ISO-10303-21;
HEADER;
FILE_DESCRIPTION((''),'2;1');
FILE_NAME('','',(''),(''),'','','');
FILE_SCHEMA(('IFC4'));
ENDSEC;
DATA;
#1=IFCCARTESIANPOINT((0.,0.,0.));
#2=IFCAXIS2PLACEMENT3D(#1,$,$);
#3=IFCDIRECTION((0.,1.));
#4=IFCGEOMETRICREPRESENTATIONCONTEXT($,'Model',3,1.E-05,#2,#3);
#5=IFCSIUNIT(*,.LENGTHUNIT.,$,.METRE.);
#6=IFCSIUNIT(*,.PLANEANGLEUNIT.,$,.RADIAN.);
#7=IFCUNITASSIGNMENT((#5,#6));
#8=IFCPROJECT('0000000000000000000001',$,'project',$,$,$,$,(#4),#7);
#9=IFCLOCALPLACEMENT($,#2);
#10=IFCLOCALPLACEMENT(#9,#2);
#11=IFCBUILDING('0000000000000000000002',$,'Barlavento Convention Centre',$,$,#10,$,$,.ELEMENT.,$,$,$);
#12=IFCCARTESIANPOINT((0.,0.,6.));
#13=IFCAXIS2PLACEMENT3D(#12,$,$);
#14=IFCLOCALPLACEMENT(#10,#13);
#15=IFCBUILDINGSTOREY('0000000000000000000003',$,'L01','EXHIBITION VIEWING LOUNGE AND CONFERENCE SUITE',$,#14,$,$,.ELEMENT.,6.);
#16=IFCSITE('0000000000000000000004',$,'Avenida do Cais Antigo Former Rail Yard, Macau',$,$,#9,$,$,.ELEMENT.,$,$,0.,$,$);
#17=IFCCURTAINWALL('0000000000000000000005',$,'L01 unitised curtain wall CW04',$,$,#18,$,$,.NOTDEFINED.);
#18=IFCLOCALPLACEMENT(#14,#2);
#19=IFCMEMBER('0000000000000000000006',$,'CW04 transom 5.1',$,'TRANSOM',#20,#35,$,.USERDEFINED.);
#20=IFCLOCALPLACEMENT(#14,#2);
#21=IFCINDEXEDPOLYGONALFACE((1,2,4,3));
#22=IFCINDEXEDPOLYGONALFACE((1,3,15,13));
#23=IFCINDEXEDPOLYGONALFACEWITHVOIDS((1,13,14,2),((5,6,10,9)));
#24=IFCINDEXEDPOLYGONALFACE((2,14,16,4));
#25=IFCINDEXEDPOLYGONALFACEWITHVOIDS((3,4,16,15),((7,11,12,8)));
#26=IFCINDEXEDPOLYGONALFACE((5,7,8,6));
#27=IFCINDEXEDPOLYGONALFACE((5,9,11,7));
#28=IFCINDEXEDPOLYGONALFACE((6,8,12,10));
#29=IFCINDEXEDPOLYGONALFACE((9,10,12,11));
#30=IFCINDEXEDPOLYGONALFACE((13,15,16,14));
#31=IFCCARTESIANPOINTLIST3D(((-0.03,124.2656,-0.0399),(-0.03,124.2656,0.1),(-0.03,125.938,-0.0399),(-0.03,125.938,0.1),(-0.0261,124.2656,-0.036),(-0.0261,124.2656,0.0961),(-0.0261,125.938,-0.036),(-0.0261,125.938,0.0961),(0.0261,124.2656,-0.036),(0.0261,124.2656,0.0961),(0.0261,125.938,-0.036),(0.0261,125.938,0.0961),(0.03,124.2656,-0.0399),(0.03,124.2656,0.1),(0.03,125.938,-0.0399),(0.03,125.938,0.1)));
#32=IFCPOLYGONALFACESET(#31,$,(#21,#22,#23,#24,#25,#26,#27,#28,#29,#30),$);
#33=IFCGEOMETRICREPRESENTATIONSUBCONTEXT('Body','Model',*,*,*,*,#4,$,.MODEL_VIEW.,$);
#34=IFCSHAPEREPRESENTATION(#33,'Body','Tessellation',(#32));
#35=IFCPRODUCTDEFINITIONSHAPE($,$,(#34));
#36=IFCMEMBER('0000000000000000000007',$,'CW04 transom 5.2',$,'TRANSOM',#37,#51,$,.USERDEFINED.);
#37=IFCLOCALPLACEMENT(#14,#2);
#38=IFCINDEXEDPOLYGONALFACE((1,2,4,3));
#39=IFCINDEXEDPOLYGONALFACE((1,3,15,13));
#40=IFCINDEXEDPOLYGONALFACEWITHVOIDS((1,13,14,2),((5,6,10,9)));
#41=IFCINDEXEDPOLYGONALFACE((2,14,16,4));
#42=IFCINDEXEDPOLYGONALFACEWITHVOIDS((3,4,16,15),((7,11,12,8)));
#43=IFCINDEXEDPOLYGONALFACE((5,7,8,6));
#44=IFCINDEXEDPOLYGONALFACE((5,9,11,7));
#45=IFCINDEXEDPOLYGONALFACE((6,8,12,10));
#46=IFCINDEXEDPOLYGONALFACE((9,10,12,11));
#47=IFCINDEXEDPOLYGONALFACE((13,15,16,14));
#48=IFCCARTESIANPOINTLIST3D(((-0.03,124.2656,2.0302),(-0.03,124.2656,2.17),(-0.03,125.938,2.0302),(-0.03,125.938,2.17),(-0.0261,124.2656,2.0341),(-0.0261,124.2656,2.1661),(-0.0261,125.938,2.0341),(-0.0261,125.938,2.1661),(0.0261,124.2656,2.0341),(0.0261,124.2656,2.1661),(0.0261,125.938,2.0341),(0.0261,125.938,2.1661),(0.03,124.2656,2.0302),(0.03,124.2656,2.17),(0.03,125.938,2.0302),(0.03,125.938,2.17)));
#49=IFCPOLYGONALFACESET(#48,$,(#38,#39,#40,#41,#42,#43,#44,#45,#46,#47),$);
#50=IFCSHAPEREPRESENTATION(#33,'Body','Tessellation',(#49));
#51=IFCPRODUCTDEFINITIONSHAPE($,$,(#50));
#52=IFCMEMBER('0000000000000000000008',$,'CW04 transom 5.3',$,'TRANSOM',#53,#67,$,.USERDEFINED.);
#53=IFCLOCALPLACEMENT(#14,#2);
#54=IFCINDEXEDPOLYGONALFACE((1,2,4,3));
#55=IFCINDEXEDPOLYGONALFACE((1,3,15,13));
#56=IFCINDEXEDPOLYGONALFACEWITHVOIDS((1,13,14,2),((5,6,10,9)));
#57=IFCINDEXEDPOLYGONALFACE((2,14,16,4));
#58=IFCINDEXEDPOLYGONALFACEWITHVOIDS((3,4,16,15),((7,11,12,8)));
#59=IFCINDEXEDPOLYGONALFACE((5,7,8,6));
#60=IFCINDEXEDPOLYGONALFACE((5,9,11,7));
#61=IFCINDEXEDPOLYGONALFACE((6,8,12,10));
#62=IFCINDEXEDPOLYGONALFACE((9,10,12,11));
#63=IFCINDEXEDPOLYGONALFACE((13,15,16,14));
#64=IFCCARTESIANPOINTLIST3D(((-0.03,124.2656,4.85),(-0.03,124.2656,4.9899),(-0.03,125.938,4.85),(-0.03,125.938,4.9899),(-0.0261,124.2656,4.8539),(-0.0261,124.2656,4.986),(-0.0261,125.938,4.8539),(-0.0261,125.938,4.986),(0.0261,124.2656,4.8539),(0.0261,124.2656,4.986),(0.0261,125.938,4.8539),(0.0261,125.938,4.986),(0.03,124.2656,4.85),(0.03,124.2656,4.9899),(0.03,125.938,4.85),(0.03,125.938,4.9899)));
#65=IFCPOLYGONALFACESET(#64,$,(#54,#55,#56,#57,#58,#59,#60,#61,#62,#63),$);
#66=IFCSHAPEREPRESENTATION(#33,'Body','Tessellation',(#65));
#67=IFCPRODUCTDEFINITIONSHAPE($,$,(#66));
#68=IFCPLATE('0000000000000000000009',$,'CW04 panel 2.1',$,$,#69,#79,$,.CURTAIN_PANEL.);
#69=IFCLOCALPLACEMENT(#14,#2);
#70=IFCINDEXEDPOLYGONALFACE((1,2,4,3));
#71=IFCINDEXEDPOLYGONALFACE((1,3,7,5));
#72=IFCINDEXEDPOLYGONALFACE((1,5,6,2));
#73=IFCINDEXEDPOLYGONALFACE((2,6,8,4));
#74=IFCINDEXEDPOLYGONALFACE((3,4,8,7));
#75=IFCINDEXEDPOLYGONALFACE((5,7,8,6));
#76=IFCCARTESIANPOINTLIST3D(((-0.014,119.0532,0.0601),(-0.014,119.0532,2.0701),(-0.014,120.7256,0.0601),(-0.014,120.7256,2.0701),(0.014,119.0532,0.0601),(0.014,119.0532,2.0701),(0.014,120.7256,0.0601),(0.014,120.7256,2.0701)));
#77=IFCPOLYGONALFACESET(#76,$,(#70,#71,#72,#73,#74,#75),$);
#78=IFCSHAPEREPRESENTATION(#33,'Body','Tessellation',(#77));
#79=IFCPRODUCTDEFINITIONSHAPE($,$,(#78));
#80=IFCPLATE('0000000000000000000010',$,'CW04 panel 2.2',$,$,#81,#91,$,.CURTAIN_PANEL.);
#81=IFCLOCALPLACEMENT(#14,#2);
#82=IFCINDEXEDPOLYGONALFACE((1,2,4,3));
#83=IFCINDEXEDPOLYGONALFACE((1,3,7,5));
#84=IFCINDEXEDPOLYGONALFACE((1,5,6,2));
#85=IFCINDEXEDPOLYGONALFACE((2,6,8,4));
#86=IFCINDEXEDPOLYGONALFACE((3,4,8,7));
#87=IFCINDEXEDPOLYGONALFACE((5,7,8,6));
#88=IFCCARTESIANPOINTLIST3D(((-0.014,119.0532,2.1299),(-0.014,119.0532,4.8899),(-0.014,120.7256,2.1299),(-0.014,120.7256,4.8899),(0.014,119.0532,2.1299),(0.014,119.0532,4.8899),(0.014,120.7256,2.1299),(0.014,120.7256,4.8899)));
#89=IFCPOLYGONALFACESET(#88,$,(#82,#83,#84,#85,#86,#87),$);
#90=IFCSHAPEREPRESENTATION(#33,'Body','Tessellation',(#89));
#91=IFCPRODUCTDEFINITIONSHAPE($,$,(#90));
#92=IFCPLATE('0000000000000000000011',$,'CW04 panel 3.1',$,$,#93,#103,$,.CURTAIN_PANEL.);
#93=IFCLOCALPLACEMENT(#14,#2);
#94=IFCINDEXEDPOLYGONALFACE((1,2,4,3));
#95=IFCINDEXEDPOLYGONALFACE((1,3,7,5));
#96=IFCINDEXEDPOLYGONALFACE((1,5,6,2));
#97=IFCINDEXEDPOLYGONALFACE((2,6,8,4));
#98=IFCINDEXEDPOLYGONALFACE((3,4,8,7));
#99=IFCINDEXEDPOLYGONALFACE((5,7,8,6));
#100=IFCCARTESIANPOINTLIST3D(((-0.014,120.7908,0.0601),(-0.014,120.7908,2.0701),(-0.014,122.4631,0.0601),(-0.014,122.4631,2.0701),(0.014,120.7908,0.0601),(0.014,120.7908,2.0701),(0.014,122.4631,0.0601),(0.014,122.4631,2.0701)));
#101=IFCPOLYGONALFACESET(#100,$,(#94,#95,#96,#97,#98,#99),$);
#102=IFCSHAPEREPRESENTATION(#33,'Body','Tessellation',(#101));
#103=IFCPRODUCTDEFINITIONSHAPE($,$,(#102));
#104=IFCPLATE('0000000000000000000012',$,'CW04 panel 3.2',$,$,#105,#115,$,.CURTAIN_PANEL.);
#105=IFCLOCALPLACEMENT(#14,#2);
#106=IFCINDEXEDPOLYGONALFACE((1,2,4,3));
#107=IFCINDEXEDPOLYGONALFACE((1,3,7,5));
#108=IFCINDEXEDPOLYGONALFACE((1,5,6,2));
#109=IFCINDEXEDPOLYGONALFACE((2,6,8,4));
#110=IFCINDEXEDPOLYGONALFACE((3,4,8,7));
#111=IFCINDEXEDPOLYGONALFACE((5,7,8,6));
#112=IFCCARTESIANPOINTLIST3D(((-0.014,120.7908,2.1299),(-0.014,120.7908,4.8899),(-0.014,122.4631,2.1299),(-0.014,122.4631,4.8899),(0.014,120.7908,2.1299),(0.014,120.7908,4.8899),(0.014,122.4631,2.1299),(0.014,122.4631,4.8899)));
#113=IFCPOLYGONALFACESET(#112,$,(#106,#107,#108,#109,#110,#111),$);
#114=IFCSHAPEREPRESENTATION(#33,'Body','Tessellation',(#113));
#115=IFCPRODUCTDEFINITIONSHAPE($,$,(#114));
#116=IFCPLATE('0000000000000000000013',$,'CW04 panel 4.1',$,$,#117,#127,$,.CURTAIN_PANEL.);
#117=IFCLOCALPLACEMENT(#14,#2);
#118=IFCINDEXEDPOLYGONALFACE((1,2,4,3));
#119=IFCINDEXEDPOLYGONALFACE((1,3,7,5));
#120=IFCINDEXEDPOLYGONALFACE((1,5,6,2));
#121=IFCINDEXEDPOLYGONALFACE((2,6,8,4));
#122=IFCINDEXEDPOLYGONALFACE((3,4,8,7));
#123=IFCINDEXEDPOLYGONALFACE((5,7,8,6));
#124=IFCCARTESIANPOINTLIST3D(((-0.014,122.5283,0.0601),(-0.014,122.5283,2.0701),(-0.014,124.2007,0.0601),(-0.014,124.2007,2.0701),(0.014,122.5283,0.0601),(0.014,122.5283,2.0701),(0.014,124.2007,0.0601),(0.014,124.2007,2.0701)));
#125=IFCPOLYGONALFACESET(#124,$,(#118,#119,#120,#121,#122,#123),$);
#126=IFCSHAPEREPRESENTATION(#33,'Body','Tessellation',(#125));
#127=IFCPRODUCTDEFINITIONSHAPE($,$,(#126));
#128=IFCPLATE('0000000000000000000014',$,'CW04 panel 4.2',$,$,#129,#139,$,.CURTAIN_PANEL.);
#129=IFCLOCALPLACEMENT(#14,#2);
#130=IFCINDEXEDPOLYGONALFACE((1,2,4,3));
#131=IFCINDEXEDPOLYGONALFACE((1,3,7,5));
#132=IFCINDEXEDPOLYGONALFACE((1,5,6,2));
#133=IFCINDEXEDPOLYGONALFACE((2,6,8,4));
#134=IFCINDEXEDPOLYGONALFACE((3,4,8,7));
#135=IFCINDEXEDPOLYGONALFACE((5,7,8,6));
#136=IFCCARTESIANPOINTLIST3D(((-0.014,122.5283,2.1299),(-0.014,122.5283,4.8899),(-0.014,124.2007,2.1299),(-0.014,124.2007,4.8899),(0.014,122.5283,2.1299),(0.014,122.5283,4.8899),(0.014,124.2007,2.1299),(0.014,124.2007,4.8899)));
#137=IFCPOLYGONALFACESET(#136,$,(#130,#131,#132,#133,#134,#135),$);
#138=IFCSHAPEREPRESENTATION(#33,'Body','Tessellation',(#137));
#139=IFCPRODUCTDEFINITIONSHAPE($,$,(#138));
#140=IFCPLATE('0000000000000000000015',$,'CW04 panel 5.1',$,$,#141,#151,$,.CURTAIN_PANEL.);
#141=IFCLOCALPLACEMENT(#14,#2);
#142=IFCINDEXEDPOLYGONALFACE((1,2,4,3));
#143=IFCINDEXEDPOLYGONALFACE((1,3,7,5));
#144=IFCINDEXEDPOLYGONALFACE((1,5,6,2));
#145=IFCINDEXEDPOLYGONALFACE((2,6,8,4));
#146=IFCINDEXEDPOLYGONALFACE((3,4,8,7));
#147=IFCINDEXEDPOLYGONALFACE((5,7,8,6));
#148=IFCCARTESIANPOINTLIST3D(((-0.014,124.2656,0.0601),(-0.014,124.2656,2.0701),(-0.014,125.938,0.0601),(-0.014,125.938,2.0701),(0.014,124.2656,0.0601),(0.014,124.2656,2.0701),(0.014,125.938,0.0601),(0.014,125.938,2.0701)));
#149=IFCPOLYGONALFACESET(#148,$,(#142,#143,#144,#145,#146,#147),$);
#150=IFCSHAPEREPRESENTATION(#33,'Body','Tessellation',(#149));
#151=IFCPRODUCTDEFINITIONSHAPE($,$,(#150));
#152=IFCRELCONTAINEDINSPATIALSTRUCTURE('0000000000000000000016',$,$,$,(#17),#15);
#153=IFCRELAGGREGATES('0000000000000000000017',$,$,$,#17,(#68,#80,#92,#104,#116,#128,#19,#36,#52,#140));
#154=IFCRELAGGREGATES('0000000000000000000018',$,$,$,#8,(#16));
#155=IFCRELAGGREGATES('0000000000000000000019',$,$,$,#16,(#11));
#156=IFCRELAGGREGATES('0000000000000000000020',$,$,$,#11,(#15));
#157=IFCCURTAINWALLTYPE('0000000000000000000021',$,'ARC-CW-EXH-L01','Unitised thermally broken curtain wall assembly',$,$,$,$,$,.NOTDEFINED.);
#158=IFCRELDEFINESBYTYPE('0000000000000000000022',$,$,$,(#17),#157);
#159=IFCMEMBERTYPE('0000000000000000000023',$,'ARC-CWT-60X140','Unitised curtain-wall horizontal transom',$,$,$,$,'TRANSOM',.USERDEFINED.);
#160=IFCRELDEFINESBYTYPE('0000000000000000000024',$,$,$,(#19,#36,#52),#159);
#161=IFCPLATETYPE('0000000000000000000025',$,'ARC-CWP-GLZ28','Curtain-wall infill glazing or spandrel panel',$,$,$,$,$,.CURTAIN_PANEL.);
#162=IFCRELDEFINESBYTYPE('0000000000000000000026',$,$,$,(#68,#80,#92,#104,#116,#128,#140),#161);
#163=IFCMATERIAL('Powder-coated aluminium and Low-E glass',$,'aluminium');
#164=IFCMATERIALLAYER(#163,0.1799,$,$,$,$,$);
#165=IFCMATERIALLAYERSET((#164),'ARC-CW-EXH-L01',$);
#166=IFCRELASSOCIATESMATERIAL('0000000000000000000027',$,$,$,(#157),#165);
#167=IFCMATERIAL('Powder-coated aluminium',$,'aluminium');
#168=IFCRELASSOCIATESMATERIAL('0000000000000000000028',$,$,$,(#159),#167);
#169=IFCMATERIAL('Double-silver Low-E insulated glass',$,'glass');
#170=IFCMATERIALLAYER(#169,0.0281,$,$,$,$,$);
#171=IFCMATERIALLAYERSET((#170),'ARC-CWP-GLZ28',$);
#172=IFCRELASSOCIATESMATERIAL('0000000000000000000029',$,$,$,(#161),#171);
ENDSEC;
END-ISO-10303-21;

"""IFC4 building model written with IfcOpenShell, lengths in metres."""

from ifc_helpers import new_model, si_unit, direction, frame, origin, origin_2d, place, context, subcontext, project, spatial, rectangle, hollow_rectangle, extrude, material, layer, layer_set, material_profile, profile_set, type_object, element, aggregate, save


model = new_model("IFC4")

# Units and contexts
model_context = context("Model", 3, precision=1e-05, world=origin(), true_north=direction((0.0, 1.0)))
body_context = subcontext(model_context, "Body", "Model", "MODEL_VIEW")
ifc_project = project(units=[si_unit("LENGTHUNIT", "METRE"), si_unit("PLANEANGLEUNIT", "RADIAN")], contexts=[model_context])

# Site, building, storey
site_placement = place(None, origin())
site = spatial("IfcSite", under=ifc_project, at=site_placement, Name="Avenida do Cais Antigo Former Rail Yard, Macau", CompositionType="ELEMENT", RefElevation=0.0)
building_placement = place(site_placement, origin())
building = spatial("IfcBuilding", under=site, at=building_placement, Name="Barlavento Convention Centre", CompositionType="ELEMENT")
storey_placement = place(building_placement, frame((0.0, 0.0, 6.0)))
storey = spatial("IfcBuildingStorey", under=building, at=storey_placement, Name="L01", Description="EXHIBITION VIEWING LOUNGE AND CONFERENCE SUITE", CompositionType="ELEMENT", Elevation=6.0)

# Curtain wall, members, plates
ifc_material_1 = material(Name="Powder-coated aluminium and Low-E glass", Category="aluminium")
ifc_layer_1 = layer(ifc_material_1, 0.1799)
ifc_layer_set_1 = layer_set([ifc_layer_1], Name="ARC-CW-EXH-L01")
curtain_wall_type = type_object("IfcCurtainWallType", Name="ARC-CW-EXH-L01", Description="Unitised thermally broken curtain wall assembly", PredefinedType="NOTDEFINED", material=ifc_layer_set_1)
curtain_wall_placement = place(storey_placement, origin())
curtain_wall = element("IfcCurtainWall", 1, at=curtain_wall_placement, inside=storey, type_object=curtain_wall_type, Name="L01 unitised curtain wall CW04", PredefinedType="NOTDEFINED")
ifc_material_2 = material(Name="Powder-coated aluminium", Category="aluminium")
ifc_material_profile_1 = material_profile(ifc_material_2, hollow_rectangle(XDim=0.0601, YDim=0.1399, WallThickness=0.0039, at=origin_2d()), Name="AL-TRAN 60x140x4")
ifc_profile_set_1 = profile_set([ifc_material_profile_1], Name="Powder-coated aluminium")
member_type_1 = type_object("IfcMemberType", Name="ARC-CWT-60X140", Description="Unitised curtain-wall horizontal transom", ElementType="TRANSOM", PredefinedType="USERDEFINED", material=ifc_profile_set_1)
member_1_placement = place(storey_placement, frame((0.0, 124.2656, 0.03), z_axis=(0.0, 1.0, 0.0), x_axis=(-1.0, 0.0, 0.0)))
member_1 = element("IfcMember", 2, at=member_1_placement, type_object=member_type_1, Name="CW04 transom 5.1", ObjectType="TRANSOM", PredefinedType="USERDEFINED", context=body_context, shape_type="SweptSolid", body=[
    extrude(hollow_rectangle(XDim=0.0601, YDim=0.1399, WallThickness=0.0039, at=origin_2d()), origin(), (0.0, 0.0, 1.0), 1.6724),
])
member_2_placement = place(storey_placement, frame((0.0, 124.2656, 2.1001), z_axis=(0.0, 1.0, 0.0), x_axis=(-1.0, 0.0, 0.0)))
member_2 = element("IfcMember", 3, at=member_2_placement, type_object=member_type_1, Name="CW04 transom 5.2", ObjectType="TRANSOM", PredefinedType="USERDEFINED", context=body_context, shape_type="SweptSolid", body=[
    extrude(hollow_rectangle(XDim=0.0601, YDim=0.1399, WallThickness=0.0039, at=origin_2d()), origin(), (0.0, 0.0, 1.0), 1.6724),
])
member_3_placement = place(storey_placement, frame((0.0, 124.2656, 4.9199), z_axis=(0.0, 1.0, 0.0), x_axis=(-1.0, 0.0, 0.0)))
member_3 = element("IfcMember", 4, at=member_3_placement, type_object=member_type_1, Name="CW04 transom 5.3", ObjectType="TRANSOM", PredefinedType="USERDEFINED", context=body_context, shape_type="SweptSolid", body=[
    extrude(hollow_rectangle(XDim=0.0601, YDim=0.1399, WallThickness=0.0039, at=origin_2d()), origin(), (0.0, 0.0, 1.0), 1.6724),
])
ifc_material_3 = material(Name="Double-silver Low-E insulated glass", Category="glass")
ifc_layer_2 = layer(ifc_material_3, 0.0281)
ifc_layer_set_2 = layer_set([ifc_layer_2], Name="ARC-CWP-GLZ28")
plate_type = type_object("IfcPlateType", Name="ARC-CWP-GLZ28", Description="Curtain-wall infill glazing or spandrel panel", PredefinedType="CURTAIN_PANEL", material=ifc_layer_set_2)
plate_1_placement = place(storey_placement, frame((0.0, 119.8894, 0.0601), z_axis=(0.0, 0.0, 1.0), x_axis=(0.0, 1.0, 0.0)))
plate_1 = element("IfcPlate", 5, at=plate_1_placement, type_object=plate_type, Name="CW04 panel 2.1", PredefinedType="CURTAIN_PANEL", context=body_context, shape_type="SweptSolid", body=[
    extrude(rectangle(XDim=1.6724, YDim=0.0281, at=origin_2d()), origin(), (0.0, 0.0, 1.0), 2.01),
])
plate_2_placement = place(storey_placement, frame((0.0, 119.8894, 2.1299), z_axis=(0.0, 0.0, 1.0), x_axis=(0.0, 1.0, 0.0)))
plate_2 = element("IfcPlate", 6, at=plate_2_placement, type_object=plate_type, Name="CW04 panel 2.2", PredefinedType="CURTAIN_PANEL", context=body_context, shape_type="SweptSolid", body=[
    extrude(rectangle(XDim=1.6724, YDim=0.0281, at=origin_2d()), origin(), (0.0, 0.0, 1.0), 2.76),
])
plate_3_placement = place(storey_placement, frame((0.0, 121.627, 0.0601), z_axis=(0.0, 0.0, 1.0), x_axis=(0.0, 1.0, 0.0)))
plate_3 = element("IfcPlate", 7, at=plate_3_placement, type_object=plate_type, Name="CW04 panel 3.1", PredefinedType="CURTAIN_PANEL", context=body_context, shape_type="SweptSolid", body=[
    extrude(rectangle(XDim=1.6724, YDim=0.0281, at=origin_2d()), origin(), (0.0, 0.0, 1.0), 2.01),
])
plate_4_placement = place(storey_placement, frame((0.0, 121.627, 2.1299), z_axis=(0.0, 0.0, 1.0), x_axis=(0.0, 1.0, 0.0)))
plate_4 = element("IfcPlate", 8, at=plate_4_placement, type_object=plate_type, Name="CW04 panel 3.2", PredefinedType="CURTAIN_PANEL", context=body_context, shape_type="SweptSolid", body=[
    extrude(rectangle(XDim=1.6724, YDim=0.0281, at=origin_2d()), origin(), (0.0, 0.0, 1.0), 2.76),
])
plate_5_placement = place(storey_placement, frame((0.0, 123.3645, 0.0601), z_axis=(0.0, 0.0, 1.0), x_axis=(0.0, 1.0, 0.0)))
plate_5 = element("IfcPlate", 9, at=plate_5_placement, type_object=plate_type, Name="CW04 panel 4.1", PredefinedType="CURTAIN_PANEL", context=body_context, shape_type="SweptSolid", body=[
    extrude(rectangle(XDim=1.6724, YDim=0.0281, at=origin_2d()), origin(), (0.0, 0.0, 1.0), 2.01),
])
plate_6_placement = place(storey_placement, frame((0.0, 123.3645, 2.1299), z_axis=(0.0, 0.0, 1.0), x_axis=(0.0, 1.0, 0.0)))
plate_6 = element("IfcPlate", 10, at=plate_6_placement, type_object=plate_type, Name="CW04 panel 4.2", PredefinedType="CURTAIN_PANEL", context=body_context, shape_type="SweptSolid", body=[
    extrude(rectangle(XDim=1.6724, YDim=0.0281, at=origin_2d()), origin(), (0.0, 0.0, 1.0), 2.76),
])
plate_7_placement = place(storey_placement, frame((0.0, 125.1018, 0.0601), z_axis=(0.0, 0.0, 1.0), x_axis=(0.0, 1.0, 0.0)))
plate_7 = element("IfcPlate", 11, at=plate_7_placement, type_object=plate_type, Name="CW04 panel 5.1", PredefinedType="CURTAIN_PANEL", context=body_context, shape_type="SweptSolid", body=[
    extrude(rectangle(XDim=1.6724, YDim=0.0281, at=origin_2d()), origin(), (0.0, 0.0, 1.0), 2.01),
])
aggregate(curtain_wall, [plate_1, plate_2, plate_3, plate_4, plate_5, plate_6, member_1, member_2, member_3, plate_7])

save(model, "model.ifc")
